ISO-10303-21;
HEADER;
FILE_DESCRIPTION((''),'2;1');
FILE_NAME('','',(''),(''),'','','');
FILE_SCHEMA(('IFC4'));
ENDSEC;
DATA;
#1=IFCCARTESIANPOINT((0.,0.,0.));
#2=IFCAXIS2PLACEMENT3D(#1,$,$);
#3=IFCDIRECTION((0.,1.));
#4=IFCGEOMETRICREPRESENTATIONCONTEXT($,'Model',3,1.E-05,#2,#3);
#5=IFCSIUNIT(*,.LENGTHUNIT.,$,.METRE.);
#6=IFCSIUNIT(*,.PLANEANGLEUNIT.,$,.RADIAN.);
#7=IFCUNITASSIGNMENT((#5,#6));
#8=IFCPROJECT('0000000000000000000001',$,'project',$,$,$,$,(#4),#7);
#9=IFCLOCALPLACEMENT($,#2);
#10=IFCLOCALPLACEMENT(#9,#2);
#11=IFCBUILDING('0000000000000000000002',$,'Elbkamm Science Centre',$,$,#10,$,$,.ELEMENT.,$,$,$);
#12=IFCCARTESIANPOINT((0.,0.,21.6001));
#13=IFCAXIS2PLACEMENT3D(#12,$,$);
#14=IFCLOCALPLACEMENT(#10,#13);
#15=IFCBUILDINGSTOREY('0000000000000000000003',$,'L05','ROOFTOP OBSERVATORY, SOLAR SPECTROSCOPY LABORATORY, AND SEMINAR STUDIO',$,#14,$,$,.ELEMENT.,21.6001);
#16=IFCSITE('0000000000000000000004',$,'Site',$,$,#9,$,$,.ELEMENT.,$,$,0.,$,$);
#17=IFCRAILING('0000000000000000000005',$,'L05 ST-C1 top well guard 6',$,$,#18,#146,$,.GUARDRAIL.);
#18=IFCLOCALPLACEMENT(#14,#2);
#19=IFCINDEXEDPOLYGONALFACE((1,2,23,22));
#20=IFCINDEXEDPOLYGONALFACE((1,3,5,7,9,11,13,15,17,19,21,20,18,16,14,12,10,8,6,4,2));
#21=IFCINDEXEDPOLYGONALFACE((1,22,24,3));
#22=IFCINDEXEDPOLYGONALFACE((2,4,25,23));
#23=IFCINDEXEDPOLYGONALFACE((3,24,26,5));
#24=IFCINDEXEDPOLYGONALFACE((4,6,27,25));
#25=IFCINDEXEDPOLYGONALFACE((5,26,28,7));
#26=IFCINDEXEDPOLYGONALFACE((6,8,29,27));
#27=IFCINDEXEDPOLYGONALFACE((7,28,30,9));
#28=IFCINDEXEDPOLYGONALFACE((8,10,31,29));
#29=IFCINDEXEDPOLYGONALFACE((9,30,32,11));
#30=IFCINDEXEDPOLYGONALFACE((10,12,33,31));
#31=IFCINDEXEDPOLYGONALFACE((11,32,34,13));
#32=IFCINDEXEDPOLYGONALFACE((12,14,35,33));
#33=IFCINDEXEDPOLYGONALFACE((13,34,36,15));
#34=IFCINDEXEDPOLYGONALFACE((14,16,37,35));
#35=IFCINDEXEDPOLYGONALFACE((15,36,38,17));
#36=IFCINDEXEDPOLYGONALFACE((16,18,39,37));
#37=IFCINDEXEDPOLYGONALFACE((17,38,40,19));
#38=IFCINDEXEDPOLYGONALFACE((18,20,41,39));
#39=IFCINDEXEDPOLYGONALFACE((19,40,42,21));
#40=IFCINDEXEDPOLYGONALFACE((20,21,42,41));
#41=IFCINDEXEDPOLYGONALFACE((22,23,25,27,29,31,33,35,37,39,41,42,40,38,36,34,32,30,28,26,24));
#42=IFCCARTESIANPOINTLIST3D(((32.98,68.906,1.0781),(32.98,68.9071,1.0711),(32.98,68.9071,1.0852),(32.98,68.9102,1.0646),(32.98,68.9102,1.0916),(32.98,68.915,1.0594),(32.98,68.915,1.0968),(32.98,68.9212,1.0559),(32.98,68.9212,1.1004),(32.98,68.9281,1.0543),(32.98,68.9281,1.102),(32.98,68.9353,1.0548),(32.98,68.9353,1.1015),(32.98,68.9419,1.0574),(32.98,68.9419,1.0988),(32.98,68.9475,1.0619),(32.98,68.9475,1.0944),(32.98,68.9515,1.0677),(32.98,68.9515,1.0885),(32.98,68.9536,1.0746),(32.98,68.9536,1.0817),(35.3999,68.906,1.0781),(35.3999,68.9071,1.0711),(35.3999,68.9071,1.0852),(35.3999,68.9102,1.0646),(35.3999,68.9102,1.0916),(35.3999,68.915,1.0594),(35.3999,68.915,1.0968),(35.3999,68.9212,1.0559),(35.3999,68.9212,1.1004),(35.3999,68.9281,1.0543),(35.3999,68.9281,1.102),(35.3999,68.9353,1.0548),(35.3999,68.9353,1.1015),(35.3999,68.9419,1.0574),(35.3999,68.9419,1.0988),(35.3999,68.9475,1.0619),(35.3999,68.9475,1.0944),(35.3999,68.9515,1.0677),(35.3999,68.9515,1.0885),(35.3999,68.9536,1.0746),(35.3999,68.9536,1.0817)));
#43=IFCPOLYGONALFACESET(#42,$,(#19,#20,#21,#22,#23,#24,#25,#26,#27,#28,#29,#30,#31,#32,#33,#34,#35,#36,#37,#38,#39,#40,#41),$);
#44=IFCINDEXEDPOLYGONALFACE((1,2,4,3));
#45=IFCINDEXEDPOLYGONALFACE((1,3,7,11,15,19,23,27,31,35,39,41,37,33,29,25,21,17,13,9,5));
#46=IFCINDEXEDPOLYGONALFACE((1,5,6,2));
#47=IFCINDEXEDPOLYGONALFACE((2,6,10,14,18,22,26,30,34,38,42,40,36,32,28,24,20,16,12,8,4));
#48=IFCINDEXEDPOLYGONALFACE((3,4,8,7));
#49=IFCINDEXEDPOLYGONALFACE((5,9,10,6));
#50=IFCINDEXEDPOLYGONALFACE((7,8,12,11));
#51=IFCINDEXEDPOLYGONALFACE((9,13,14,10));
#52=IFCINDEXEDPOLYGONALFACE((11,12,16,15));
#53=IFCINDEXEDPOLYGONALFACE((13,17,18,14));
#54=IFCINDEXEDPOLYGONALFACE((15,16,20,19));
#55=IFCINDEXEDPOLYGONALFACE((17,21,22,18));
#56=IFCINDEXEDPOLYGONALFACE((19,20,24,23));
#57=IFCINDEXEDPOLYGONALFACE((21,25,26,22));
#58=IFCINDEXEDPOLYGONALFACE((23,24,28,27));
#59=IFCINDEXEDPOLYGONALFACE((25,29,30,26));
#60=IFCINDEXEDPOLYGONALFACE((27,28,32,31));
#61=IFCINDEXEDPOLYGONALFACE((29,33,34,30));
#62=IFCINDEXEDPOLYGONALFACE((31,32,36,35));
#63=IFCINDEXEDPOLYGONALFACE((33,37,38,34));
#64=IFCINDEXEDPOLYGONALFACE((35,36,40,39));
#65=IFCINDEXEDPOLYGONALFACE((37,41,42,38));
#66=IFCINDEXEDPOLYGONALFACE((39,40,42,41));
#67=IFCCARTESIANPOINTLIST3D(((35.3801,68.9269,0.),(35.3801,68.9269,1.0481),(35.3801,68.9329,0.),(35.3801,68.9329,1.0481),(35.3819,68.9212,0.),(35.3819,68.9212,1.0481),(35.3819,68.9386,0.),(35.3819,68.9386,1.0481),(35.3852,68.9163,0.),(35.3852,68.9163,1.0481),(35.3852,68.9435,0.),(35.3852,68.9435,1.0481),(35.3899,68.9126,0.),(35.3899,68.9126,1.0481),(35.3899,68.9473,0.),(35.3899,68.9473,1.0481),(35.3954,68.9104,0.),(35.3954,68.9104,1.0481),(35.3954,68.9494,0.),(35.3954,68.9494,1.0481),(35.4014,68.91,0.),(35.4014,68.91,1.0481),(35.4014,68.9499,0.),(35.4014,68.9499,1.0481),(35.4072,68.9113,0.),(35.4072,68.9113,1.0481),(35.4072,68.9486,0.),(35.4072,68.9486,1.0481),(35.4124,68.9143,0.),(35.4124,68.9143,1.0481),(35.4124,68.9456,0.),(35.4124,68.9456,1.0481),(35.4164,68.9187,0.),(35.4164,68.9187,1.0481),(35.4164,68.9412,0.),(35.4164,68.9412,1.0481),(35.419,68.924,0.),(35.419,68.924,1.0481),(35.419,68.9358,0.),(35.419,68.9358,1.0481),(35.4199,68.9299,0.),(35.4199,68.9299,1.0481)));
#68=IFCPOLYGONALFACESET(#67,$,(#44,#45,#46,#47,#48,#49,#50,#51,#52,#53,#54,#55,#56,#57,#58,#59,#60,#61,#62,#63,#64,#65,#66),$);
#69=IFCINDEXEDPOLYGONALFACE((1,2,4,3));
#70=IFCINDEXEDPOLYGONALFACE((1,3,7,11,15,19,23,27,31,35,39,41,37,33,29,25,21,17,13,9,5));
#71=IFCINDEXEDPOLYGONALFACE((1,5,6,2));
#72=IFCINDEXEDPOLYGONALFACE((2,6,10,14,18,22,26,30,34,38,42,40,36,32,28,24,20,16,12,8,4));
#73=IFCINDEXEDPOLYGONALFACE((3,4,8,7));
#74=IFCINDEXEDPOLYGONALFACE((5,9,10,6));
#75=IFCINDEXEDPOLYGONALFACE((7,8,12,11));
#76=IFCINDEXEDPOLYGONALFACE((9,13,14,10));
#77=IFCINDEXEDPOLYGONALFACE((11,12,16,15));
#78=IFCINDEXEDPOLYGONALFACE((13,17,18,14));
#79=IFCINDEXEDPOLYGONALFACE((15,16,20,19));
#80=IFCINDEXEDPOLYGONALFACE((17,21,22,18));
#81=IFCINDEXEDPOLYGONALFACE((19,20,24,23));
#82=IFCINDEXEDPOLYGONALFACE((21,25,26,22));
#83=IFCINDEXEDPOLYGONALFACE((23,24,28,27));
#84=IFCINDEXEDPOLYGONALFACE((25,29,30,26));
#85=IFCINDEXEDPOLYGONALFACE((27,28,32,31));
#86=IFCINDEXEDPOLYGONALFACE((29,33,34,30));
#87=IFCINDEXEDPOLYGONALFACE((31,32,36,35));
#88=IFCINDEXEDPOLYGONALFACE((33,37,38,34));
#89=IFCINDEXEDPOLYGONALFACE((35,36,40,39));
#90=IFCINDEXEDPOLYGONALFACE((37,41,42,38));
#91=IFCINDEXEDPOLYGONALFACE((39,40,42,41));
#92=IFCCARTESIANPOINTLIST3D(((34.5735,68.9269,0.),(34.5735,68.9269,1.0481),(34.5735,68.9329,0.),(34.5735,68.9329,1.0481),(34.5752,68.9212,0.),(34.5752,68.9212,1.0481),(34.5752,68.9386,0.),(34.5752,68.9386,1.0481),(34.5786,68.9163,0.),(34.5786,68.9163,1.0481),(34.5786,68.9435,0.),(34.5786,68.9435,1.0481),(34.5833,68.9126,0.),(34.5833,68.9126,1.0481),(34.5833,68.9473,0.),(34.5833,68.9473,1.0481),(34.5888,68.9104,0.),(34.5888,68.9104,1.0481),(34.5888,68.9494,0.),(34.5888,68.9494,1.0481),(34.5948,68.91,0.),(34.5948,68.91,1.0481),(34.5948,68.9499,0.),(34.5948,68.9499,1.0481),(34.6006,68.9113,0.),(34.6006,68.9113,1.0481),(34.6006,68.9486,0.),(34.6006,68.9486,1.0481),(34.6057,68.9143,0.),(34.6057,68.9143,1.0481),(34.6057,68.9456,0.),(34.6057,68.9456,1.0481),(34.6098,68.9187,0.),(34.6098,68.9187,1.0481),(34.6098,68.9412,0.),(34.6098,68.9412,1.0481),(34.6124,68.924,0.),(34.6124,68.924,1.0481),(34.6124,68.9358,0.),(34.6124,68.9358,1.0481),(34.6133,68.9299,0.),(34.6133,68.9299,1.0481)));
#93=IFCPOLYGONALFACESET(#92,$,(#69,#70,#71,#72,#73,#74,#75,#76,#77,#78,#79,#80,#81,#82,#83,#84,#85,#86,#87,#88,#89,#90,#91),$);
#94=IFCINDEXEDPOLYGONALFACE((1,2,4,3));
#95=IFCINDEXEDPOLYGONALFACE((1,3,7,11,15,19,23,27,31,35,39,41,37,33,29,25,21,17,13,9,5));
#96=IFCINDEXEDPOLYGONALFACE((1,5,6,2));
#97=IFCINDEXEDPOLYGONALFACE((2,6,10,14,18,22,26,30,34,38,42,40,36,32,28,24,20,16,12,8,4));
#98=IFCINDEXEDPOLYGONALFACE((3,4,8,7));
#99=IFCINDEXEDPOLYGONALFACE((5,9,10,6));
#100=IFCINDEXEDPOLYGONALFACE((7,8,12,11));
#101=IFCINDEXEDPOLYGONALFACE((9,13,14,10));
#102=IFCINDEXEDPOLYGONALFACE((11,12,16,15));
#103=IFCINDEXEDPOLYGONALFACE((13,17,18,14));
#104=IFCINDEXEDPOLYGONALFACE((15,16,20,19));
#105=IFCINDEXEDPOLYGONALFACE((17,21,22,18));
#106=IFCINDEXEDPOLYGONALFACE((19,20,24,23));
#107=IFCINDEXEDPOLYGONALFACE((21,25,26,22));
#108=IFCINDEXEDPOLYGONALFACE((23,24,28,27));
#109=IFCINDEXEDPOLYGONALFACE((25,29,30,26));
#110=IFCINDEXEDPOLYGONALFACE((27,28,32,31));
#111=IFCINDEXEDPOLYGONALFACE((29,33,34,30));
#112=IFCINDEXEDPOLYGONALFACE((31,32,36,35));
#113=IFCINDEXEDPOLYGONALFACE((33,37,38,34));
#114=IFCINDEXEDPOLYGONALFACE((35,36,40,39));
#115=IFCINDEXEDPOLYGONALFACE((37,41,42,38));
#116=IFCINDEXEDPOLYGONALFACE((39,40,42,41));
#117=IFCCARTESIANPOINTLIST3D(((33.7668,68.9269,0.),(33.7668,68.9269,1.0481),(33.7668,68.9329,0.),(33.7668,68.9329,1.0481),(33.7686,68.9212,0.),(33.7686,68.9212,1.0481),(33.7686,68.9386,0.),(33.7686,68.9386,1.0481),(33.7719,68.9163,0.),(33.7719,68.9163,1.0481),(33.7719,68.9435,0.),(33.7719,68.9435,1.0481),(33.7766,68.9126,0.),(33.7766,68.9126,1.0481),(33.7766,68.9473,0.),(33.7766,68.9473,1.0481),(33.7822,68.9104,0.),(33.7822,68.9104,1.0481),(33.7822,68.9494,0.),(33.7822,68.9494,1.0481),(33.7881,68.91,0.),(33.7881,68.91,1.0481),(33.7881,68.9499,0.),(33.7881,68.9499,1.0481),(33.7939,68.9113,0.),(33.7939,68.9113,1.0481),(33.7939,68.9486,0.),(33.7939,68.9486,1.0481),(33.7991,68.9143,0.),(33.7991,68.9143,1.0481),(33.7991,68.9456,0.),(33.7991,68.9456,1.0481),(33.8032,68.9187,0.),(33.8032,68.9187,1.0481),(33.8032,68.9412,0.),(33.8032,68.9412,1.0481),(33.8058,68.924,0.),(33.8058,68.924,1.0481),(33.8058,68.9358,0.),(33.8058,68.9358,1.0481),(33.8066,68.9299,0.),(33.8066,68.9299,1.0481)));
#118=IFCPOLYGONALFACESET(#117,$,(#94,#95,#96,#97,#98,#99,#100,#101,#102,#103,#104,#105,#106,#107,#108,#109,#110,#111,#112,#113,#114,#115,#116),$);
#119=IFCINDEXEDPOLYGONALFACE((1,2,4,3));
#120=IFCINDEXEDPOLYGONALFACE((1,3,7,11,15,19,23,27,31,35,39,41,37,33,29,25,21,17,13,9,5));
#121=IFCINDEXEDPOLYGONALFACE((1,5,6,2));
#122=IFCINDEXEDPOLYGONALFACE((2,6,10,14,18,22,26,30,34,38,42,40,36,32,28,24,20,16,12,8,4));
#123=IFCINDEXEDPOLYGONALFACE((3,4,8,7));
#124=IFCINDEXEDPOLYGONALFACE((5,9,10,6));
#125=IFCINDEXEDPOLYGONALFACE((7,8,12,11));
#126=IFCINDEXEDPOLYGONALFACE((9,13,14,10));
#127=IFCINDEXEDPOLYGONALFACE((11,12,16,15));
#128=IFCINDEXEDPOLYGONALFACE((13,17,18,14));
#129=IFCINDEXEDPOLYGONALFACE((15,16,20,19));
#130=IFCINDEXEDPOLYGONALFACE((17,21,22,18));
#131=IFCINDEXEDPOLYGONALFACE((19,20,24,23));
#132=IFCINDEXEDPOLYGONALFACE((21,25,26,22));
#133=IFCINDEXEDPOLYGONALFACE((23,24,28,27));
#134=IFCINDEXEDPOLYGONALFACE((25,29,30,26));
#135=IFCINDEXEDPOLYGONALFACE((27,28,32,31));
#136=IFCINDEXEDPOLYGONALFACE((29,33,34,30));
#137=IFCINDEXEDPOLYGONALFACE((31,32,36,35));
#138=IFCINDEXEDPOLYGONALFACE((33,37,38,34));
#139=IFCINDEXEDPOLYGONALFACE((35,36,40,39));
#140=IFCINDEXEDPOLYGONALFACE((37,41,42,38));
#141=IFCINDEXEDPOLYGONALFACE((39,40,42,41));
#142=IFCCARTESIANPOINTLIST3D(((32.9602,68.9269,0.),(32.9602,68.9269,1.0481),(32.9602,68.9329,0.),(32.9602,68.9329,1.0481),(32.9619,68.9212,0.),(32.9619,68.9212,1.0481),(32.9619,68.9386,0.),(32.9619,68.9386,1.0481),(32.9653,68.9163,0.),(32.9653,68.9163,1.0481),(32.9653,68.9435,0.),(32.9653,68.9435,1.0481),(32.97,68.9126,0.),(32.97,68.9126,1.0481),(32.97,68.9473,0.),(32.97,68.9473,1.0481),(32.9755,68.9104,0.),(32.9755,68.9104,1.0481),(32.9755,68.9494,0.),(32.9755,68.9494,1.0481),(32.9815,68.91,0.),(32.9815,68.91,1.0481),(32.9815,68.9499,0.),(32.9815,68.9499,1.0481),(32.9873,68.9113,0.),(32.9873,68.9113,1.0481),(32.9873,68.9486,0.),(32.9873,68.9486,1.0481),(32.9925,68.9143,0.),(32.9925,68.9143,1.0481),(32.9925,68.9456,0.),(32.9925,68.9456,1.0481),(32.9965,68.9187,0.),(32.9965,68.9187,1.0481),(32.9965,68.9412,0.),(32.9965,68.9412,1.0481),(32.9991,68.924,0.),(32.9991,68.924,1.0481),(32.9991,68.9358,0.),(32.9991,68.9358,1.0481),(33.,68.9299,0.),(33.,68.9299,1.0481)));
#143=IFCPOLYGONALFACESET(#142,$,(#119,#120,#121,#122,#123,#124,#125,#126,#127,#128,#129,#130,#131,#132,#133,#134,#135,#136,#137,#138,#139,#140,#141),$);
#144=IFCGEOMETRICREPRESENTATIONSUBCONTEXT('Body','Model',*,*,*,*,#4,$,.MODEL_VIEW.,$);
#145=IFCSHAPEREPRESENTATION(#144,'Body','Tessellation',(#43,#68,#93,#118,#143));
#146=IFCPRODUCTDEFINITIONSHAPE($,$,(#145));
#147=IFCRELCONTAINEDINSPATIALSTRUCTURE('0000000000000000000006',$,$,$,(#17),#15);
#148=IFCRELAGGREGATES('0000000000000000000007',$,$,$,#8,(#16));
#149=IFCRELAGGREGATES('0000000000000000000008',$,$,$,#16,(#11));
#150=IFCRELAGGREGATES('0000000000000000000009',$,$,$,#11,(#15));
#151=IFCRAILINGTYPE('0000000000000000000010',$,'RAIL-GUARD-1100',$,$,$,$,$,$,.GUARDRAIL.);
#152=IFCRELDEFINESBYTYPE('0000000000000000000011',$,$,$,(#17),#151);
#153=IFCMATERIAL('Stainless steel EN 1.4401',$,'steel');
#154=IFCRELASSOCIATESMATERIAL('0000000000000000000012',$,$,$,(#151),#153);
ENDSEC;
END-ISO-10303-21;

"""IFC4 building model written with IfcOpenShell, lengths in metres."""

from ifc_helpers import new_model, si_unit, direction, frame, origin, origin_2d, place, context, subcontext, project, spatial, circle, extrude, material, type_object, element, save


model = new_model("IFC4")

# Units and contexts
model_context = context("Model", 3, precision=1e-05, world=origin(), true_north=direction((0.0, 1.0)))
body_context = subcontext(model_context, "Body", "Model", "MODEL_VIEW")
ifc_project = project(units=[si_unit("LENGTHUNIT", "METRE"), si_unit("PLANEANGLEUNIT", "RADIAN")], contexts=[model_context])

# Site, building, storey
site_placement = place(None, origin())
site = spatial("IfcSite", under=ifc_project, at=site_placement, Name="Site", CompositionType="ELEMENT", RefElevation=0.0)
building_placement = place(site_placement, origin())
building = spatial("IfcBuilding", under=site, at=building_placement, Name="Elbkamm Science Centre", CompositionType="ELEMENT")
storey_placement = place(building_placement, frame((0.0, 0.0, 21.6001)))
storey = spatial("IfcBuildingStorey", under=building, at=storey_placement, Name="L05", Description="ROOFTOP OBSERVATORY, SOLAR SPECTROSCOPY LABORATORY, AND SEMINAR STUDIO", CompositionType="ELEMENT", Elevation=21.6001)

# Railing
ifc_material_1 = material(Name="Stainless steel EN 1.4401", Category="steel")
railing_type_1 = type_object("IfcRailingType", Name="RAIL-GUARD-1100", PredefinedType="GUARDRAIL", material=ifc_material_1)
for number, where, name in (
    (1, (35.3999, 68.9299, 0.0), "L05 ST-C1 top well guard 6"),
):
    element("IfcRailing", number, at=place(storey_placement, frame(where)), inside=storey, type_object=railing_type_1, Name=name, PredefinedType="GUARDRAIL", context=body_context, shape_type="SweptSolid", body=[
        extrude(circle(Radius=0.0239, at=origin_2d()), frame((0.0, 0.0, 1.0781), z_axis=(-1.0, 0.0, 0.0), x_axis=(0.0, -1.0, 0.0)), (0.0, 0.0, 1.0), 2.4199),
        extrude(circle(Radius=0.02, at=origin_2d()), origin(), (0.0, 0.0, 1.0), 1.0481),
        extrude(circle(Radius=0.02, at=origin_2d()), frame((-0.8066, 0.0, 0.0)), (0.0, 0.0, 1.0), 1.0481),
        extrude(circle(Radius=0.02, at=origin_2d()), frame((-1.6133, 0.0, 0.0)), (0.0, 0.0, 1.0), 1.0481),
        extrude(circle(Radius=0.02, at=origin_2d()), frame((-2.4199, 0.0, 0.0)), (0.0, 0.0, 1.0), 1.0481),
    ])

save(model, "model.ifc")
